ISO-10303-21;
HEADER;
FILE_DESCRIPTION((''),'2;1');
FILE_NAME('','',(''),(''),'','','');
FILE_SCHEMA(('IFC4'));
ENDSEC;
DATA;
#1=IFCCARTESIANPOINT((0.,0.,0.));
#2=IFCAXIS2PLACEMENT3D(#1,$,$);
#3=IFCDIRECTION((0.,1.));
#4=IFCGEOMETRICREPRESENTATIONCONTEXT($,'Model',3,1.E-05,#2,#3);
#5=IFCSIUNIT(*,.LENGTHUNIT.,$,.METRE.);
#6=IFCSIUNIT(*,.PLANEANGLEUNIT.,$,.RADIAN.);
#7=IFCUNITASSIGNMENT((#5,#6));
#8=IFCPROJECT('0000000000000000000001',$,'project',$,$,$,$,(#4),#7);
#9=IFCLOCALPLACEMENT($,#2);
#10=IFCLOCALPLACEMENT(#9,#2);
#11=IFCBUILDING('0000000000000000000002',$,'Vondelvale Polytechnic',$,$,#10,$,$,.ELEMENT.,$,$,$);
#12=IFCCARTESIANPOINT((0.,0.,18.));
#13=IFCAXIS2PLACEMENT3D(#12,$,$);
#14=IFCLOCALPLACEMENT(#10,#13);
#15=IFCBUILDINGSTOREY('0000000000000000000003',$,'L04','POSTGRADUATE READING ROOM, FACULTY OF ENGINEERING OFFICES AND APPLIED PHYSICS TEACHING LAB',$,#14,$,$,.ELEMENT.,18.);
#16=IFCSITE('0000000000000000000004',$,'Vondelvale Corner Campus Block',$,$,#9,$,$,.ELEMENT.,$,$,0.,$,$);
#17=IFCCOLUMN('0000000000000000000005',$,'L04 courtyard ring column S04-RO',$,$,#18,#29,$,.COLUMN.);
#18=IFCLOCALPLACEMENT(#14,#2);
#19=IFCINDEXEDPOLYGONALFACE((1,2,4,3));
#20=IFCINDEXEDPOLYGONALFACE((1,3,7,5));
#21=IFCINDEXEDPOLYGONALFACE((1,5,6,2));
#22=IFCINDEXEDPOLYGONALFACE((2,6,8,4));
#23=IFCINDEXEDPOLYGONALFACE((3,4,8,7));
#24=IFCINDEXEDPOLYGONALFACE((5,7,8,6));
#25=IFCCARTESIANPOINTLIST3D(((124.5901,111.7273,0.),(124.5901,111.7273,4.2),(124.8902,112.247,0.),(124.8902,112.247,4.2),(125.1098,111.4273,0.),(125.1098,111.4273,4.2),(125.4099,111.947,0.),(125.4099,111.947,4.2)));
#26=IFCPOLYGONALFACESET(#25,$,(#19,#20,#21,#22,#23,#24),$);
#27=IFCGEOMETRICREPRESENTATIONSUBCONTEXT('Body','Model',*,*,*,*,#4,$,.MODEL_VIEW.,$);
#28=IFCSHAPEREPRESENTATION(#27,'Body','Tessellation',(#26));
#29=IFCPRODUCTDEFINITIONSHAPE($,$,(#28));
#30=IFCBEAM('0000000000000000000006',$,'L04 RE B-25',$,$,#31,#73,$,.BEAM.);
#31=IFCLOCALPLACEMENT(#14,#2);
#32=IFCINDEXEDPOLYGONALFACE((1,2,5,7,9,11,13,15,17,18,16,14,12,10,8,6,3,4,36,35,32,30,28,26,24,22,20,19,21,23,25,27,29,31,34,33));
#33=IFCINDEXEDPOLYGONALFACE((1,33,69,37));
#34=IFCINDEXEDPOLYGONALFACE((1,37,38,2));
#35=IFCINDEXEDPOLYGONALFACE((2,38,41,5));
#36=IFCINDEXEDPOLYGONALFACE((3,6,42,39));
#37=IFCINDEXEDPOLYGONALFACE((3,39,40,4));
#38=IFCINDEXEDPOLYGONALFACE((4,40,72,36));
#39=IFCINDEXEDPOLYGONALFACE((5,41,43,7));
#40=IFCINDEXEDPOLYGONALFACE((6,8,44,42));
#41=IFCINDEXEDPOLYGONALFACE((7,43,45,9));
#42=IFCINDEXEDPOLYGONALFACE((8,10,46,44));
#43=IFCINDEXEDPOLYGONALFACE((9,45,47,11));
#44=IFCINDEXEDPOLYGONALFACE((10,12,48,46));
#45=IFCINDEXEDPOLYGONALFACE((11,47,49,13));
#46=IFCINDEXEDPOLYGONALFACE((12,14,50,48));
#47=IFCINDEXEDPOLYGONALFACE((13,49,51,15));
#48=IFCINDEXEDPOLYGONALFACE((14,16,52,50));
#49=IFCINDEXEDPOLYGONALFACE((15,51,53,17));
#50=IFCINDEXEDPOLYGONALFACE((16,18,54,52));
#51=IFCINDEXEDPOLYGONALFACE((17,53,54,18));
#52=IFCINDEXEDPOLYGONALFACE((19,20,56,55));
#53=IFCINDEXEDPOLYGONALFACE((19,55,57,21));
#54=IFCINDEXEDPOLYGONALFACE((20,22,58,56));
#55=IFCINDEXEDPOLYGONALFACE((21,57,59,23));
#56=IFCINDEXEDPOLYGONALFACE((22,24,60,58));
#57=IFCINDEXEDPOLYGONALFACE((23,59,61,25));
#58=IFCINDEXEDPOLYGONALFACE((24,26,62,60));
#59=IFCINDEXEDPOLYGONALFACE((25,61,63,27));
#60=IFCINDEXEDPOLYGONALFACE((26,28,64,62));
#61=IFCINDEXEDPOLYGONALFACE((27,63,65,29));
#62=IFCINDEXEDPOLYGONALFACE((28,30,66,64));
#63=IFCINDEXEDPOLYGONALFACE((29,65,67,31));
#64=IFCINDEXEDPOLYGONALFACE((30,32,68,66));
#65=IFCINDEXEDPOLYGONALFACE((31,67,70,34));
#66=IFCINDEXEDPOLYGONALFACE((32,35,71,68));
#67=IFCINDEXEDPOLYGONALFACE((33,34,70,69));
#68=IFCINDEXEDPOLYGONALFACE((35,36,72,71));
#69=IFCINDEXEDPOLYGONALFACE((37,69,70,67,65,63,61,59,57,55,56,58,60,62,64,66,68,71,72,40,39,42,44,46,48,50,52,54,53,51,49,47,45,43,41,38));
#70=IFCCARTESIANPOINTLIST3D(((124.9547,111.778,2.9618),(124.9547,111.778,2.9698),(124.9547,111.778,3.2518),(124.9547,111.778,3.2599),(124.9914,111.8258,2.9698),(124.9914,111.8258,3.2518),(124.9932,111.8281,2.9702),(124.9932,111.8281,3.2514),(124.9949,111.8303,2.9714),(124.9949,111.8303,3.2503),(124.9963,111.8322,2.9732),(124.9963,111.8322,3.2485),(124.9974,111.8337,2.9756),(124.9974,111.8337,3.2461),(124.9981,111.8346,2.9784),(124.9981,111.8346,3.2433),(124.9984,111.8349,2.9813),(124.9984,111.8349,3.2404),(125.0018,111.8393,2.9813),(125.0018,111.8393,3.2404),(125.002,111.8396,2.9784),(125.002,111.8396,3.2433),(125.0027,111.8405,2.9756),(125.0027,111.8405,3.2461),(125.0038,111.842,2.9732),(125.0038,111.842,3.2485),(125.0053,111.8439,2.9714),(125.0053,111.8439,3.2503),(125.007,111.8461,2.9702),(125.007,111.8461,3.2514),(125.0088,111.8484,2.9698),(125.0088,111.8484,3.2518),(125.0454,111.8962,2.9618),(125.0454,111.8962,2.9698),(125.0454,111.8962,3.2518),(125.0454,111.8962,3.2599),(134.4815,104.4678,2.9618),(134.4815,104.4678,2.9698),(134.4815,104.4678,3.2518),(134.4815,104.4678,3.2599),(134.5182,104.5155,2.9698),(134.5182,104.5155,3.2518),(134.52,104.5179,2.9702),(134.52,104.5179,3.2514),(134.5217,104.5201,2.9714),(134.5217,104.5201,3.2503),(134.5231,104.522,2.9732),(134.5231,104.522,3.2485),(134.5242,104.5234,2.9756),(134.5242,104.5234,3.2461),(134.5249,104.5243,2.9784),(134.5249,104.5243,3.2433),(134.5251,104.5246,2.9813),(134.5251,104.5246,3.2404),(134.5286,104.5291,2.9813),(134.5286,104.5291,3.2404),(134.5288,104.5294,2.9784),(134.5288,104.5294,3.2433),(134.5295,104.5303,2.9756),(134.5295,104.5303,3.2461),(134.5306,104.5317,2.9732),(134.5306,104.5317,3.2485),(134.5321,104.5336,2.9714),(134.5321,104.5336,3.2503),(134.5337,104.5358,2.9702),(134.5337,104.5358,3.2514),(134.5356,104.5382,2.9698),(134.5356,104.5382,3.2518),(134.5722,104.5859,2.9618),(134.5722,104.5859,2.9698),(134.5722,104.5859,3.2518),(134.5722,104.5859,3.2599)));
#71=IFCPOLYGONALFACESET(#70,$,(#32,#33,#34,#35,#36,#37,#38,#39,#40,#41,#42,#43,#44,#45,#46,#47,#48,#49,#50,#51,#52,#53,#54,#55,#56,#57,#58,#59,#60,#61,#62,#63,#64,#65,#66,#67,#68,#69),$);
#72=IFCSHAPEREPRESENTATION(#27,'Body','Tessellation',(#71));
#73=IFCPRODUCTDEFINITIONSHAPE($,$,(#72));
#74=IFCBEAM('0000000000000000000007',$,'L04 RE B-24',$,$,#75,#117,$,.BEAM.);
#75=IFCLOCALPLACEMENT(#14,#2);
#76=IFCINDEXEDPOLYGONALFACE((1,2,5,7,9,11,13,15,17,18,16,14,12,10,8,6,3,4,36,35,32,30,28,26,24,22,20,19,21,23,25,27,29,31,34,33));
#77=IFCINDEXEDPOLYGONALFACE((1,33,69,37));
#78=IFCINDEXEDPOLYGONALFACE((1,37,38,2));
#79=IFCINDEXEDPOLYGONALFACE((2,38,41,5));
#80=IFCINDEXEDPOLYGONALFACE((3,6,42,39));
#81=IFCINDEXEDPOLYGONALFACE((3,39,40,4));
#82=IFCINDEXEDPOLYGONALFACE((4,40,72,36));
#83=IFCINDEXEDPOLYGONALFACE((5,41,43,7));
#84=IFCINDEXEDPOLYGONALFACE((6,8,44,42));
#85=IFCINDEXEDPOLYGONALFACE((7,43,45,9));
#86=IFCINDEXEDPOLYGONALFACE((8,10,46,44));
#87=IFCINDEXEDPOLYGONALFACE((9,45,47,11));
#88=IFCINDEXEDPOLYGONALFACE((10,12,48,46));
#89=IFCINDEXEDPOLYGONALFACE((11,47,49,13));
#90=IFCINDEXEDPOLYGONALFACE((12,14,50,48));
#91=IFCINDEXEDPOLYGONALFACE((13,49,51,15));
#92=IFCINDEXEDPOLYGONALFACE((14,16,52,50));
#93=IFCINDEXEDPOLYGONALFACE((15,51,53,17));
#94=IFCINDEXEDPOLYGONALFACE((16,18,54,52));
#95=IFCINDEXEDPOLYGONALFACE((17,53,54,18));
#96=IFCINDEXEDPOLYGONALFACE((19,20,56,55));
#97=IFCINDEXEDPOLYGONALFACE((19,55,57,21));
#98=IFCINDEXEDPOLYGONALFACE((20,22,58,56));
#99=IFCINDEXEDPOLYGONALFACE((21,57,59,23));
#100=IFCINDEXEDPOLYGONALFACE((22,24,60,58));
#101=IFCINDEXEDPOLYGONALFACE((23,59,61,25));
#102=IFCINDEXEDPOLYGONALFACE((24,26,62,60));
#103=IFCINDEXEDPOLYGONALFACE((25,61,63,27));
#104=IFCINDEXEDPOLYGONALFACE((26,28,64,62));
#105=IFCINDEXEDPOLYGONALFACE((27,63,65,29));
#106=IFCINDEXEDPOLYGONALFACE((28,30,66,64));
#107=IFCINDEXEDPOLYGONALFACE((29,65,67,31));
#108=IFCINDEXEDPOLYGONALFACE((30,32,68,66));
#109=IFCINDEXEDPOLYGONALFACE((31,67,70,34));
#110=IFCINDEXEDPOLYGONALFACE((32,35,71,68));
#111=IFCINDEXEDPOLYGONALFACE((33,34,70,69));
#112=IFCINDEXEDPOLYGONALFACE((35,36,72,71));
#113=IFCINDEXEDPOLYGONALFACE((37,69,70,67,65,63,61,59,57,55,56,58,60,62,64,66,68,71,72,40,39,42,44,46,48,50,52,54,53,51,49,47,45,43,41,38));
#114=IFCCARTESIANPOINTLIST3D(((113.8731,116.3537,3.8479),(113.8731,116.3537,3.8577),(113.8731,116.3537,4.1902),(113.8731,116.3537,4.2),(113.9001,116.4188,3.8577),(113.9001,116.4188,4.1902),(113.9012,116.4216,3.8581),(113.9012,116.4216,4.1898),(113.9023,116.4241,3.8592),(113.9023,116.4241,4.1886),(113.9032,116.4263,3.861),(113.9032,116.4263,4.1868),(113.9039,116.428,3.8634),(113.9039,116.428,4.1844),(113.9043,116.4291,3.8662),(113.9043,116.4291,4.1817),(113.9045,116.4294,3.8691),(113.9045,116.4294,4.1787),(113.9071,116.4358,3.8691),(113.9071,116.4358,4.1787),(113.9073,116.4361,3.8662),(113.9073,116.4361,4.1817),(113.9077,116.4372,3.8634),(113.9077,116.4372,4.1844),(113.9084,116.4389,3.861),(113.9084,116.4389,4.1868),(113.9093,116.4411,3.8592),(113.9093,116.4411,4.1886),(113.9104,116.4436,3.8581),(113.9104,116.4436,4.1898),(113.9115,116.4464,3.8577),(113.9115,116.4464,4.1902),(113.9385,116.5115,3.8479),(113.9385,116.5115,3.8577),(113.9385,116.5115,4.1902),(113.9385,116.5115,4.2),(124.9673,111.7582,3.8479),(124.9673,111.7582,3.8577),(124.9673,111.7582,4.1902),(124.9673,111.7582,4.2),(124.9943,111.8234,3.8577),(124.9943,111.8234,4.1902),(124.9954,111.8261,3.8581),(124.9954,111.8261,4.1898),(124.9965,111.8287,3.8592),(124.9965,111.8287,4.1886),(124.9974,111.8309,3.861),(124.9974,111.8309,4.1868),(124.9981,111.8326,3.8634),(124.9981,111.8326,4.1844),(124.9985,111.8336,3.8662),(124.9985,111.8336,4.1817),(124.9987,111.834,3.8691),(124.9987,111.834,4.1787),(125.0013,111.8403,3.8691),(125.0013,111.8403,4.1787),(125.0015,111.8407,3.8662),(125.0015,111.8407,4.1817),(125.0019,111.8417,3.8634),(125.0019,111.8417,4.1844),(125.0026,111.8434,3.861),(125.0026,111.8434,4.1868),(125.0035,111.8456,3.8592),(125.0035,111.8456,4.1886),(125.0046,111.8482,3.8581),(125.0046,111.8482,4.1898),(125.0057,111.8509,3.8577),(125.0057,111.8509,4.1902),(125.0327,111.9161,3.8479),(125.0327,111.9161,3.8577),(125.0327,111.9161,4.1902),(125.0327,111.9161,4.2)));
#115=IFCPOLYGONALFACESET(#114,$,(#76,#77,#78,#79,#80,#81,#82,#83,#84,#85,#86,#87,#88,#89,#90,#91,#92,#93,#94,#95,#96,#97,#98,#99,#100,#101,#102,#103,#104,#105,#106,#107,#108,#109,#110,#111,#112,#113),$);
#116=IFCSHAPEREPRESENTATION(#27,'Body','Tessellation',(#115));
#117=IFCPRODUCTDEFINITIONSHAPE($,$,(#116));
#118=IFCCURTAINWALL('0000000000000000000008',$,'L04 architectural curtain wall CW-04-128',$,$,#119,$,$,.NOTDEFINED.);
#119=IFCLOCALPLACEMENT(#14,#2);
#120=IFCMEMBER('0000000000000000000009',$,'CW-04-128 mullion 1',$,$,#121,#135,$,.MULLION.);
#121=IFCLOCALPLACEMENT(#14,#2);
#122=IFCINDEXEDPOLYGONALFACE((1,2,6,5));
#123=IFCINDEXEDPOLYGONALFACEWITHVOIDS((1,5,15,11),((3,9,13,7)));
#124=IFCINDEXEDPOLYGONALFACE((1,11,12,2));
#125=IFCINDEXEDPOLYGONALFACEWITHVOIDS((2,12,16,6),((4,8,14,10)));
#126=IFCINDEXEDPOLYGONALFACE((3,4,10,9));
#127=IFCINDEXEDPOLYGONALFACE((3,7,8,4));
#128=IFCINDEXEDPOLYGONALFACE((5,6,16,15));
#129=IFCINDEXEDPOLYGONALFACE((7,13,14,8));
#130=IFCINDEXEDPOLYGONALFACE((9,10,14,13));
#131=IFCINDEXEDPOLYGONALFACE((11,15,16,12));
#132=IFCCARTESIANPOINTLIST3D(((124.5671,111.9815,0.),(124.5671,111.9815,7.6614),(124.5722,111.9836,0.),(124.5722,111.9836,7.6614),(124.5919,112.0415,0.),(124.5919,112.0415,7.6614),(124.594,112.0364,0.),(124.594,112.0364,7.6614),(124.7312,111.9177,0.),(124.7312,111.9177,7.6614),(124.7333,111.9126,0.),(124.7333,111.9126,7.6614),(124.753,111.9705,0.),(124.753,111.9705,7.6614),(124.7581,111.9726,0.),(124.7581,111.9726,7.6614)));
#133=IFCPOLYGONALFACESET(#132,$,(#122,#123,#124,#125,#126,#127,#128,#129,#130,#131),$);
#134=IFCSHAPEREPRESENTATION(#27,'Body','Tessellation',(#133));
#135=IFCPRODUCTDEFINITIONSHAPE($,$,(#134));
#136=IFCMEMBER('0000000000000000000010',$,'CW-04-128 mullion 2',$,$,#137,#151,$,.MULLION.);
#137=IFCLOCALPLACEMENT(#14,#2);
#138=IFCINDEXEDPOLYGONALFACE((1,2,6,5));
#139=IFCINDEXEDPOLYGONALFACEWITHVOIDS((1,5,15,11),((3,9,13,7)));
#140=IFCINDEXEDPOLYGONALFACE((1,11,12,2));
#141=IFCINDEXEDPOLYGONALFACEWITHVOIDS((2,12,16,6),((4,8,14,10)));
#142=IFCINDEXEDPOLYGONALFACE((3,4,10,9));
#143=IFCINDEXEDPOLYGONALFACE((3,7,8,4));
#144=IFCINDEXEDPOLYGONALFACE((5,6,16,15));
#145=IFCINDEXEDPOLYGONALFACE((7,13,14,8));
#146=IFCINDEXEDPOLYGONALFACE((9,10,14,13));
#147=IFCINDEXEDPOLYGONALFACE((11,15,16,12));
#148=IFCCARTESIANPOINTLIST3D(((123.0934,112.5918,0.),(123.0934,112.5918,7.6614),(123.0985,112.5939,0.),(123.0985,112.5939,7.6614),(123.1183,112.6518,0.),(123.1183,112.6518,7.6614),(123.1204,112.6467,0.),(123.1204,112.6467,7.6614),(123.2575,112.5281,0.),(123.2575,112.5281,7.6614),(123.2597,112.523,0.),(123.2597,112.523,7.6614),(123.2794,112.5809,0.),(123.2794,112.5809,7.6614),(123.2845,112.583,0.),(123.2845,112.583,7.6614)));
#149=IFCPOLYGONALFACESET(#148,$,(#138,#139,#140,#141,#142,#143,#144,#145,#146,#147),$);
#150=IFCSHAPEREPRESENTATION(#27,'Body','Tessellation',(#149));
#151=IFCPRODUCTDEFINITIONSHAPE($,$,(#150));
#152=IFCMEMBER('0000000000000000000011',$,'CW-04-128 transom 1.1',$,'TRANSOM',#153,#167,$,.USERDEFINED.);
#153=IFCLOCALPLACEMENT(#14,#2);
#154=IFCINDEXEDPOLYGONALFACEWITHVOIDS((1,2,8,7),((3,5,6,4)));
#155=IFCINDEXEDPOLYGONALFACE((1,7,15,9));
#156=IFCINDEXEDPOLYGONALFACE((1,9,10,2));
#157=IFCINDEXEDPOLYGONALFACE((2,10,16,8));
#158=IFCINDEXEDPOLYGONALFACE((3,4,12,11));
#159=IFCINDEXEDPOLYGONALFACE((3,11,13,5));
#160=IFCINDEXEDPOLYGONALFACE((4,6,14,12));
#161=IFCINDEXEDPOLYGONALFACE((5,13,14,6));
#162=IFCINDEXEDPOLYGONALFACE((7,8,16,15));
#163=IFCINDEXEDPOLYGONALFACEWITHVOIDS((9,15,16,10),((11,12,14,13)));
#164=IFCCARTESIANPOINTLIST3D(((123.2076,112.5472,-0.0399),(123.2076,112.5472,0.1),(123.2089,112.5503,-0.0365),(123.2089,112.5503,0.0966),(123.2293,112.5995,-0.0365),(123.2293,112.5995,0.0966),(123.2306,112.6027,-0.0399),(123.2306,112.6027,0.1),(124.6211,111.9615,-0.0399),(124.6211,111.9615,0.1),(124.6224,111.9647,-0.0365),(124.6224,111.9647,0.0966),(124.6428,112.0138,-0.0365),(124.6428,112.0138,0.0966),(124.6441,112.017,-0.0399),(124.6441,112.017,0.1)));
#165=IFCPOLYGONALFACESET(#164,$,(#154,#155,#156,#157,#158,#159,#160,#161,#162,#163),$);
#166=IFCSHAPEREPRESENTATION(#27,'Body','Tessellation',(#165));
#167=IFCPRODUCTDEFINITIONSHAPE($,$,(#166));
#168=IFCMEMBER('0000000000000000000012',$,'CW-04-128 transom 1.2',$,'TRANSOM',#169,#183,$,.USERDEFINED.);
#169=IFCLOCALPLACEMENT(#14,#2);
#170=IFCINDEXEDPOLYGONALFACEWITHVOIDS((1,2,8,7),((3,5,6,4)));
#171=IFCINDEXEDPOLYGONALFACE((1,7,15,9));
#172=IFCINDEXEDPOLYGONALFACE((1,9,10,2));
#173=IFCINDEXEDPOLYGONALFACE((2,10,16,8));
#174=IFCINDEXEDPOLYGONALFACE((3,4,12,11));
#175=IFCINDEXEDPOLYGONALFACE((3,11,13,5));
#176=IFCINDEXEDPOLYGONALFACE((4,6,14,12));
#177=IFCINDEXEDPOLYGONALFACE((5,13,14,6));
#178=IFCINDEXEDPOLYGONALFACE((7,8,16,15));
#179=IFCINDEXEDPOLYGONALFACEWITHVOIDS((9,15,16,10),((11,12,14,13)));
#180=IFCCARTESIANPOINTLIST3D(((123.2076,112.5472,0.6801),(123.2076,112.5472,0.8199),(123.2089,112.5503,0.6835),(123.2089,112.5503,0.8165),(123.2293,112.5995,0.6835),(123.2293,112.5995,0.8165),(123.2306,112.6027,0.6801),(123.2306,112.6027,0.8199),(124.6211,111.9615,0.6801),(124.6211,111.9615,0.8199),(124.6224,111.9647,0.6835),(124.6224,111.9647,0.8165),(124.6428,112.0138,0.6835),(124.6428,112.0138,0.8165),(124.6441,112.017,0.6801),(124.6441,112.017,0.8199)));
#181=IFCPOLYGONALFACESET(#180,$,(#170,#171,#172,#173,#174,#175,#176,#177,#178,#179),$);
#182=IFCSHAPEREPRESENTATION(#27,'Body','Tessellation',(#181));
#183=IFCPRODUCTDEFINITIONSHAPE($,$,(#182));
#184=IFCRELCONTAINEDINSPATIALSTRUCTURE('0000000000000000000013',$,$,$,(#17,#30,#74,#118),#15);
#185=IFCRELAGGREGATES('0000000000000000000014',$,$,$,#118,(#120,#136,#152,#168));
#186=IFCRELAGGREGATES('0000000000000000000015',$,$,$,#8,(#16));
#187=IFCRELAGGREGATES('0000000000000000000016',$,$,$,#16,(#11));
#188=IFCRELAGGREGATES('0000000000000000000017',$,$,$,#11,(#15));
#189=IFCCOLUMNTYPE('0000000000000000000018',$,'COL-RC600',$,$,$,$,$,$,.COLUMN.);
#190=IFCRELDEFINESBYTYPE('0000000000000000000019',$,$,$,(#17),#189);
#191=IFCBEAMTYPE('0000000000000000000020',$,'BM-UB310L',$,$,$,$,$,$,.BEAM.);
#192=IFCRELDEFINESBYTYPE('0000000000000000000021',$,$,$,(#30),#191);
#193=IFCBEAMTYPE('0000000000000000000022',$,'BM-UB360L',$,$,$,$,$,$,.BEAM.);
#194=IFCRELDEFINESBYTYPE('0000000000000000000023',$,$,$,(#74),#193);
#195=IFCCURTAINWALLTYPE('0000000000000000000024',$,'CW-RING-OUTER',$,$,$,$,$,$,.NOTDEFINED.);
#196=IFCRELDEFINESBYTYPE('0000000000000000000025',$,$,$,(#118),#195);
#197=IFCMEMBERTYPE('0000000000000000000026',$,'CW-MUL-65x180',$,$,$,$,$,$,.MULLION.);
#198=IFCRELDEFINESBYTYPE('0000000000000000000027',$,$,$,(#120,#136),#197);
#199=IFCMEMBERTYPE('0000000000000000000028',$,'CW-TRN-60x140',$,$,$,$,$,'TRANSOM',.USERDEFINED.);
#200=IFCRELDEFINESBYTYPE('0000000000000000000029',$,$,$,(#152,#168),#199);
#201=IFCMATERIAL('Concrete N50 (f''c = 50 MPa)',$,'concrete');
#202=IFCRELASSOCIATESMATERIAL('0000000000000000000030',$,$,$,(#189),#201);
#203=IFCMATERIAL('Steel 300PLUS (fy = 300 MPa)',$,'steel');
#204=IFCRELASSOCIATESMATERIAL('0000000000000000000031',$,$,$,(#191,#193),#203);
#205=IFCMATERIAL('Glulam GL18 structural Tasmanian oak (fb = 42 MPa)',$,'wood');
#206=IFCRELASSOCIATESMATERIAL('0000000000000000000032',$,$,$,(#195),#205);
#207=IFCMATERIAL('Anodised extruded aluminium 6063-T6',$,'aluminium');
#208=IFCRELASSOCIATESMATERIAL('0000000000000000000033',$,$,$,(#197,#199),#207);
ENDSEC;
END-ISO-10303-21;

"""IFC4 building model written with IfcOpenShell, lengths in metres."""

from ifc_helpers import new_model, si_unit, direction, frame, origin, origin_2d, place, context, subcontext, project, spatial, rectangle, hollow_rectangle, i_section, extrude, material, material_profile, profile_set, type_object, element, aggregate, save


model = new_model("IFC4")

# Units and contexts
model_context = context("Model", 3, precision=1e-05, world=origin(), true_north=direction((0.0, 1.0)))
body_context = subcontext(model_context, "Body", "Model", "MODEL_VIEW")
ifc_project = project(units=[si_unit("LENGTHUNIT", "METRE"), si_unit("PLANEANGLEUNIT", "RADIAN")], contexts=[model_context])

# Site, building, storey
site_placement = place(None, origin())
site = spatial("IfcSite", under=ifc_project, at=site_placement, Name="Vondelvale Corner Campus Block", CompositionType="ELEMENT", RefElevation=0.0)
building_placement = place(site_placement, origin())
building = spatial("IfcBuilding", under=site, at=building_placement, Name="Vondelvale Polytechnic", CompositionType="ELEMENT")
storey_placement = place(building_placement, frame((0.0, 0.0, 18.0)))
storey = spatial("IfcBuildingStorey", under=building, at=storey_placement, Name="L04", Description="POSTGRADUATE READING ROOM, FACULTY OF ENGINEERING OFFICES AND APPLIED PHYSICS TEACHING LAB", CompositionType="ELEMENT", Elevation=18.0)

# Column
ifc_material_1 = material(Name="Concrete N50 (f'c = 50 MPa)", Category="concrete")
ifc_material_profile_1 = material_profile(ifc_material_1, rectangle(XDim=0.6001, YDim=0.6001, at=origin_2d()), Name="RC-COL-600x600")
ifc_profile_set_1 = profile_set([ifc_material_profile_1], Name="Concrete N50 (f'c = 50 MPa)")
column_type = type_object("IfcColumnType", Name="COL-RC600", PredefinedType="COLUMN", material=ifc_profile_set_1)
column_placement = place(storey_placement, frame((125.0, 111.8372, 0.0), z_axis=(0.0, 0.0, 1.0), x_axis=(0.5, 0.866025, 0.0)))
element("IfcColumn", 1, at=column_placement, inside=storey, type_object=column_type, Name="L04 courtyard ring column S04-RO", PredefinedType="COLUMN", context=body_context, shape_type="SweptSolid", body=[
    extrude(rectangle(XDim=0.6001, YDim=0.6001, at=origin_2d()), origin(), (0.0, 0.0, 1.0), 4.2),
])

# Beams
ifc_material_2 = material(Name="Steel 300PLUS (fy = 300 MPa)", Category="steel")
ifc_material_profile_2 = material_profile(ifc_material_2, i_section(OverallWidth=0.1489, OverallDepth=0.2981, WebThickness=0.0056, FlangeThickness=0.0081, FilletRadius=0.0115, at=origin_2d()), Name="310UB32.0")
ifc_profile_set_2 = profile_set([ifc_material_profile_2], Name="Steel 300PLUS (fy = 300 MPa)")
beam_type_1 = type_object("IfcBeamType", Name="BM-UB310L", PredefinedType="BEAM", material=ifc_profile_set_2)
beam_1_placement = place(storey_placement, frame((134.5269, 104.5269, 3.1108), z_axis=(-0.79335, 0.608766, 0.0), x_axis=(-0.608766, -0.79335, 0.0)))
element("IfcBeam", 2, at=beam_1_placement, inside=storey, type_object=beam_type_1, Name="L04 RE B-25", PredefinedType="BEAM", context=body_context, shape_type="SweptSolid", body=[
    extrude(i_section(OverallWidth=0.1489, OverallDepth=0.2981, WebThickness=0.0056, FlangeThickness=0.0081, FilletRadius=0.0115, at=origin_2d()), origin(), (0.0, 0.0, 1.0), 12.0083),
])
ifc_material_profile_3 = material_profile(ifc_material_2, i_section(OverallWidth=0.1709, OverallDepth=0.3521, WebThickness=0.0068, FlangeThickness=0.0098, FilletRadius=0.0115, at=origin_2d()), Name="360UB44.7")
ifc_profile_set_3 = profile_set([ifc_material_profile_3], Name="Steel 300PLUS (fy = 300 MPa)")
beam_type_2 = type_object("IfcBeamType", Name="BM-UB360L", PredefinedType="BEAM", material=ifc_profile_set_3)
beam_2_placement = place(storey_placement, frame((125.0, 111.8372, 4.0239), z_axis=(-0.923877, 0.382689, 0.0), x_axis=(-0.382689, -0.923877, 0.0)))
element("IfcBeam", 3, at=beam_2_placement, inside=storey, type_object=beam_type_2, Name="L04 RE B-24", PredefinedType="BEAM", context=body_context, shape_type="SweptSolid", body=[
    extrude(i_section(OverallWidth=0.1709, OverallDepth=0.3521, WebThickness=0.0068, FlangeThickness=0.0098, FilletRadius=0.0115, at=origin_2d()), origin(), (0.0, 0.0, 1.0), 12.0083),
])

# Curtain wall, members
ifc_material_3 = material(Name="Glulam GL18 structural Tasmanian oak (fb = 42 MPa)", Category="wood")
curtain_wall_type = type_object("IfcCurtainWallType", Name="CW-RING-OUTER", PredefinedType="NOTDEFINED", material=ifc_material_3)
curtain_wall_placement = place(storey_placement, origin())
curtain_wall = element("IfcCurtainWall", 4, at=curtain_wall_placement, inside=storey, type_object=curtain_wall_type, Name="L04 architectural curtain wall CW-04-128", PredefinedType="NOTDEFINED")
ifc_material_4 = material(Name="Anodised extruded aluminium 6063-T6", Category="aluminium")
ifc_material_profile_4 = material_profile(ifc_material_4, hollow_rectangle(XDim=0.0649, YDim=0.1799, WallThickness=0.0039, at=origin_2d()), Name="CW-MUL-180x65")
ifc_profile_set_4 = profile_set([ifc_material_profile_4], Name="Anodised extruded aluminium 6063-T6")
member_type_1 = type_object("IfcMemberType", Name="CW-MUL-65x180", PredefinedType="MULLION", material=ifc_profile_set_4)
member_1_placement = place(storey_placement, frame((124.6626, 111.9771, 0.0), z_axis=(0.0, 0.0, 1.0), x_axis=(-0.382677, -0.923882, 0.0)))
member_1 = element("IfcMember", 5, at=member_1_placement, type_object=member_type_1, Name="CW-04-128 mullion 1", PredefinedType="MULLION", context=body_context, shape_type="SweptSolid", body=[
    extrude(hollow_rectangle(XDim=0.0649, YDim=0.1799, WallThickness=0.0039, at=origin_2d()), origin(), (0.0, 0.0, 1.0), 7.6614),
])
member_2_placement = place(storey_placement, frame((123.189, 112.5874, 0.0), z_axis=(0.0, 0.0, 1.0), x_axis=(-0.382677, -0.923882, 0.0)))
member_2 = element("IfcMember", 6, at=member_2_placement, type_object=member_type_1, Name="CW-04-128 mullion 2", PredefinedType="MULLION", context=body_context, shape_type="SweptSolid", body=[
    extrude(hollow_rectangle(XDim=0.0649, YDim=0.1799, WallThickness=0.0039, at=origin_2d()), origin(), (0.0, 0.0, 1.0), 7.6614),
])
ifc_material_profile_5 = material_profile(ifc_material_4, hollow_rectangle(XDim=0.0601, YDim=0.1399, WallThickness=0.0034, at=origin_2d()), Name="CW-TRN-140x60")
ifc_profile_set_5 = profile_set([ifc_material_profile_5], Name="Anodised extruded aluminium 6063-T6")
member_type_2 = type_object("IfcMemberType", Name="CW-TRN-60x140", ElementType="TRANSOM", PredefinedType="USERDEFINED", material=ifc_profile_set_5)
member_3_placement = place(storey_placement, frame((124.6326, 111.9893, 0.03), z_axis=(-0.92384, 0.382779, 0.0), x_axis=(-0.382779, -0.92384, 0.0)))
member_3 = element("IfcMember", 7, at=member_3_placement, type_object=member_type_2, Name="CW-04-128 transom 1.1", ObjectType="TRANSOM", PredefinedType="USERDEFINED", context=body_context, shape_type="SweptSolid", body=[
    extrude(hollow_rectangle(XDim=0.0601, YDim=0.1399, WallThickness=0.0034, at=origin_2d()), origin(), (0.0, 0.0, 1.0), 1.53),
])
member_4_placement = place(storey_placement, frame((124.6326, 111.9893, 0.75), z_axis=(-0.92384, 0.382779, 0.0), x_axis=(-0.382779, -0.92384, 0.0)))
member_4 = element("IfcMember", 8, at=member_4_placement, type_object=member_type_2, Name="CW-04-128 transom 1.2", ObjectType="TRANSOM", PredefinedType="USERDEFINED", context=body_context, shape_type="SweptSolid", body=[
    extrude(hollow_rectangle(XDim=0.0601, YDim=0.1399, WallThickness=0.0034, at=origin_2d()), origin(), (0.0, 0.0, 1.0), 1.53),
])

aggregate(curtain_wall, [member_1, member_2, member_3, member_4])

save(model, "model.ifc")
